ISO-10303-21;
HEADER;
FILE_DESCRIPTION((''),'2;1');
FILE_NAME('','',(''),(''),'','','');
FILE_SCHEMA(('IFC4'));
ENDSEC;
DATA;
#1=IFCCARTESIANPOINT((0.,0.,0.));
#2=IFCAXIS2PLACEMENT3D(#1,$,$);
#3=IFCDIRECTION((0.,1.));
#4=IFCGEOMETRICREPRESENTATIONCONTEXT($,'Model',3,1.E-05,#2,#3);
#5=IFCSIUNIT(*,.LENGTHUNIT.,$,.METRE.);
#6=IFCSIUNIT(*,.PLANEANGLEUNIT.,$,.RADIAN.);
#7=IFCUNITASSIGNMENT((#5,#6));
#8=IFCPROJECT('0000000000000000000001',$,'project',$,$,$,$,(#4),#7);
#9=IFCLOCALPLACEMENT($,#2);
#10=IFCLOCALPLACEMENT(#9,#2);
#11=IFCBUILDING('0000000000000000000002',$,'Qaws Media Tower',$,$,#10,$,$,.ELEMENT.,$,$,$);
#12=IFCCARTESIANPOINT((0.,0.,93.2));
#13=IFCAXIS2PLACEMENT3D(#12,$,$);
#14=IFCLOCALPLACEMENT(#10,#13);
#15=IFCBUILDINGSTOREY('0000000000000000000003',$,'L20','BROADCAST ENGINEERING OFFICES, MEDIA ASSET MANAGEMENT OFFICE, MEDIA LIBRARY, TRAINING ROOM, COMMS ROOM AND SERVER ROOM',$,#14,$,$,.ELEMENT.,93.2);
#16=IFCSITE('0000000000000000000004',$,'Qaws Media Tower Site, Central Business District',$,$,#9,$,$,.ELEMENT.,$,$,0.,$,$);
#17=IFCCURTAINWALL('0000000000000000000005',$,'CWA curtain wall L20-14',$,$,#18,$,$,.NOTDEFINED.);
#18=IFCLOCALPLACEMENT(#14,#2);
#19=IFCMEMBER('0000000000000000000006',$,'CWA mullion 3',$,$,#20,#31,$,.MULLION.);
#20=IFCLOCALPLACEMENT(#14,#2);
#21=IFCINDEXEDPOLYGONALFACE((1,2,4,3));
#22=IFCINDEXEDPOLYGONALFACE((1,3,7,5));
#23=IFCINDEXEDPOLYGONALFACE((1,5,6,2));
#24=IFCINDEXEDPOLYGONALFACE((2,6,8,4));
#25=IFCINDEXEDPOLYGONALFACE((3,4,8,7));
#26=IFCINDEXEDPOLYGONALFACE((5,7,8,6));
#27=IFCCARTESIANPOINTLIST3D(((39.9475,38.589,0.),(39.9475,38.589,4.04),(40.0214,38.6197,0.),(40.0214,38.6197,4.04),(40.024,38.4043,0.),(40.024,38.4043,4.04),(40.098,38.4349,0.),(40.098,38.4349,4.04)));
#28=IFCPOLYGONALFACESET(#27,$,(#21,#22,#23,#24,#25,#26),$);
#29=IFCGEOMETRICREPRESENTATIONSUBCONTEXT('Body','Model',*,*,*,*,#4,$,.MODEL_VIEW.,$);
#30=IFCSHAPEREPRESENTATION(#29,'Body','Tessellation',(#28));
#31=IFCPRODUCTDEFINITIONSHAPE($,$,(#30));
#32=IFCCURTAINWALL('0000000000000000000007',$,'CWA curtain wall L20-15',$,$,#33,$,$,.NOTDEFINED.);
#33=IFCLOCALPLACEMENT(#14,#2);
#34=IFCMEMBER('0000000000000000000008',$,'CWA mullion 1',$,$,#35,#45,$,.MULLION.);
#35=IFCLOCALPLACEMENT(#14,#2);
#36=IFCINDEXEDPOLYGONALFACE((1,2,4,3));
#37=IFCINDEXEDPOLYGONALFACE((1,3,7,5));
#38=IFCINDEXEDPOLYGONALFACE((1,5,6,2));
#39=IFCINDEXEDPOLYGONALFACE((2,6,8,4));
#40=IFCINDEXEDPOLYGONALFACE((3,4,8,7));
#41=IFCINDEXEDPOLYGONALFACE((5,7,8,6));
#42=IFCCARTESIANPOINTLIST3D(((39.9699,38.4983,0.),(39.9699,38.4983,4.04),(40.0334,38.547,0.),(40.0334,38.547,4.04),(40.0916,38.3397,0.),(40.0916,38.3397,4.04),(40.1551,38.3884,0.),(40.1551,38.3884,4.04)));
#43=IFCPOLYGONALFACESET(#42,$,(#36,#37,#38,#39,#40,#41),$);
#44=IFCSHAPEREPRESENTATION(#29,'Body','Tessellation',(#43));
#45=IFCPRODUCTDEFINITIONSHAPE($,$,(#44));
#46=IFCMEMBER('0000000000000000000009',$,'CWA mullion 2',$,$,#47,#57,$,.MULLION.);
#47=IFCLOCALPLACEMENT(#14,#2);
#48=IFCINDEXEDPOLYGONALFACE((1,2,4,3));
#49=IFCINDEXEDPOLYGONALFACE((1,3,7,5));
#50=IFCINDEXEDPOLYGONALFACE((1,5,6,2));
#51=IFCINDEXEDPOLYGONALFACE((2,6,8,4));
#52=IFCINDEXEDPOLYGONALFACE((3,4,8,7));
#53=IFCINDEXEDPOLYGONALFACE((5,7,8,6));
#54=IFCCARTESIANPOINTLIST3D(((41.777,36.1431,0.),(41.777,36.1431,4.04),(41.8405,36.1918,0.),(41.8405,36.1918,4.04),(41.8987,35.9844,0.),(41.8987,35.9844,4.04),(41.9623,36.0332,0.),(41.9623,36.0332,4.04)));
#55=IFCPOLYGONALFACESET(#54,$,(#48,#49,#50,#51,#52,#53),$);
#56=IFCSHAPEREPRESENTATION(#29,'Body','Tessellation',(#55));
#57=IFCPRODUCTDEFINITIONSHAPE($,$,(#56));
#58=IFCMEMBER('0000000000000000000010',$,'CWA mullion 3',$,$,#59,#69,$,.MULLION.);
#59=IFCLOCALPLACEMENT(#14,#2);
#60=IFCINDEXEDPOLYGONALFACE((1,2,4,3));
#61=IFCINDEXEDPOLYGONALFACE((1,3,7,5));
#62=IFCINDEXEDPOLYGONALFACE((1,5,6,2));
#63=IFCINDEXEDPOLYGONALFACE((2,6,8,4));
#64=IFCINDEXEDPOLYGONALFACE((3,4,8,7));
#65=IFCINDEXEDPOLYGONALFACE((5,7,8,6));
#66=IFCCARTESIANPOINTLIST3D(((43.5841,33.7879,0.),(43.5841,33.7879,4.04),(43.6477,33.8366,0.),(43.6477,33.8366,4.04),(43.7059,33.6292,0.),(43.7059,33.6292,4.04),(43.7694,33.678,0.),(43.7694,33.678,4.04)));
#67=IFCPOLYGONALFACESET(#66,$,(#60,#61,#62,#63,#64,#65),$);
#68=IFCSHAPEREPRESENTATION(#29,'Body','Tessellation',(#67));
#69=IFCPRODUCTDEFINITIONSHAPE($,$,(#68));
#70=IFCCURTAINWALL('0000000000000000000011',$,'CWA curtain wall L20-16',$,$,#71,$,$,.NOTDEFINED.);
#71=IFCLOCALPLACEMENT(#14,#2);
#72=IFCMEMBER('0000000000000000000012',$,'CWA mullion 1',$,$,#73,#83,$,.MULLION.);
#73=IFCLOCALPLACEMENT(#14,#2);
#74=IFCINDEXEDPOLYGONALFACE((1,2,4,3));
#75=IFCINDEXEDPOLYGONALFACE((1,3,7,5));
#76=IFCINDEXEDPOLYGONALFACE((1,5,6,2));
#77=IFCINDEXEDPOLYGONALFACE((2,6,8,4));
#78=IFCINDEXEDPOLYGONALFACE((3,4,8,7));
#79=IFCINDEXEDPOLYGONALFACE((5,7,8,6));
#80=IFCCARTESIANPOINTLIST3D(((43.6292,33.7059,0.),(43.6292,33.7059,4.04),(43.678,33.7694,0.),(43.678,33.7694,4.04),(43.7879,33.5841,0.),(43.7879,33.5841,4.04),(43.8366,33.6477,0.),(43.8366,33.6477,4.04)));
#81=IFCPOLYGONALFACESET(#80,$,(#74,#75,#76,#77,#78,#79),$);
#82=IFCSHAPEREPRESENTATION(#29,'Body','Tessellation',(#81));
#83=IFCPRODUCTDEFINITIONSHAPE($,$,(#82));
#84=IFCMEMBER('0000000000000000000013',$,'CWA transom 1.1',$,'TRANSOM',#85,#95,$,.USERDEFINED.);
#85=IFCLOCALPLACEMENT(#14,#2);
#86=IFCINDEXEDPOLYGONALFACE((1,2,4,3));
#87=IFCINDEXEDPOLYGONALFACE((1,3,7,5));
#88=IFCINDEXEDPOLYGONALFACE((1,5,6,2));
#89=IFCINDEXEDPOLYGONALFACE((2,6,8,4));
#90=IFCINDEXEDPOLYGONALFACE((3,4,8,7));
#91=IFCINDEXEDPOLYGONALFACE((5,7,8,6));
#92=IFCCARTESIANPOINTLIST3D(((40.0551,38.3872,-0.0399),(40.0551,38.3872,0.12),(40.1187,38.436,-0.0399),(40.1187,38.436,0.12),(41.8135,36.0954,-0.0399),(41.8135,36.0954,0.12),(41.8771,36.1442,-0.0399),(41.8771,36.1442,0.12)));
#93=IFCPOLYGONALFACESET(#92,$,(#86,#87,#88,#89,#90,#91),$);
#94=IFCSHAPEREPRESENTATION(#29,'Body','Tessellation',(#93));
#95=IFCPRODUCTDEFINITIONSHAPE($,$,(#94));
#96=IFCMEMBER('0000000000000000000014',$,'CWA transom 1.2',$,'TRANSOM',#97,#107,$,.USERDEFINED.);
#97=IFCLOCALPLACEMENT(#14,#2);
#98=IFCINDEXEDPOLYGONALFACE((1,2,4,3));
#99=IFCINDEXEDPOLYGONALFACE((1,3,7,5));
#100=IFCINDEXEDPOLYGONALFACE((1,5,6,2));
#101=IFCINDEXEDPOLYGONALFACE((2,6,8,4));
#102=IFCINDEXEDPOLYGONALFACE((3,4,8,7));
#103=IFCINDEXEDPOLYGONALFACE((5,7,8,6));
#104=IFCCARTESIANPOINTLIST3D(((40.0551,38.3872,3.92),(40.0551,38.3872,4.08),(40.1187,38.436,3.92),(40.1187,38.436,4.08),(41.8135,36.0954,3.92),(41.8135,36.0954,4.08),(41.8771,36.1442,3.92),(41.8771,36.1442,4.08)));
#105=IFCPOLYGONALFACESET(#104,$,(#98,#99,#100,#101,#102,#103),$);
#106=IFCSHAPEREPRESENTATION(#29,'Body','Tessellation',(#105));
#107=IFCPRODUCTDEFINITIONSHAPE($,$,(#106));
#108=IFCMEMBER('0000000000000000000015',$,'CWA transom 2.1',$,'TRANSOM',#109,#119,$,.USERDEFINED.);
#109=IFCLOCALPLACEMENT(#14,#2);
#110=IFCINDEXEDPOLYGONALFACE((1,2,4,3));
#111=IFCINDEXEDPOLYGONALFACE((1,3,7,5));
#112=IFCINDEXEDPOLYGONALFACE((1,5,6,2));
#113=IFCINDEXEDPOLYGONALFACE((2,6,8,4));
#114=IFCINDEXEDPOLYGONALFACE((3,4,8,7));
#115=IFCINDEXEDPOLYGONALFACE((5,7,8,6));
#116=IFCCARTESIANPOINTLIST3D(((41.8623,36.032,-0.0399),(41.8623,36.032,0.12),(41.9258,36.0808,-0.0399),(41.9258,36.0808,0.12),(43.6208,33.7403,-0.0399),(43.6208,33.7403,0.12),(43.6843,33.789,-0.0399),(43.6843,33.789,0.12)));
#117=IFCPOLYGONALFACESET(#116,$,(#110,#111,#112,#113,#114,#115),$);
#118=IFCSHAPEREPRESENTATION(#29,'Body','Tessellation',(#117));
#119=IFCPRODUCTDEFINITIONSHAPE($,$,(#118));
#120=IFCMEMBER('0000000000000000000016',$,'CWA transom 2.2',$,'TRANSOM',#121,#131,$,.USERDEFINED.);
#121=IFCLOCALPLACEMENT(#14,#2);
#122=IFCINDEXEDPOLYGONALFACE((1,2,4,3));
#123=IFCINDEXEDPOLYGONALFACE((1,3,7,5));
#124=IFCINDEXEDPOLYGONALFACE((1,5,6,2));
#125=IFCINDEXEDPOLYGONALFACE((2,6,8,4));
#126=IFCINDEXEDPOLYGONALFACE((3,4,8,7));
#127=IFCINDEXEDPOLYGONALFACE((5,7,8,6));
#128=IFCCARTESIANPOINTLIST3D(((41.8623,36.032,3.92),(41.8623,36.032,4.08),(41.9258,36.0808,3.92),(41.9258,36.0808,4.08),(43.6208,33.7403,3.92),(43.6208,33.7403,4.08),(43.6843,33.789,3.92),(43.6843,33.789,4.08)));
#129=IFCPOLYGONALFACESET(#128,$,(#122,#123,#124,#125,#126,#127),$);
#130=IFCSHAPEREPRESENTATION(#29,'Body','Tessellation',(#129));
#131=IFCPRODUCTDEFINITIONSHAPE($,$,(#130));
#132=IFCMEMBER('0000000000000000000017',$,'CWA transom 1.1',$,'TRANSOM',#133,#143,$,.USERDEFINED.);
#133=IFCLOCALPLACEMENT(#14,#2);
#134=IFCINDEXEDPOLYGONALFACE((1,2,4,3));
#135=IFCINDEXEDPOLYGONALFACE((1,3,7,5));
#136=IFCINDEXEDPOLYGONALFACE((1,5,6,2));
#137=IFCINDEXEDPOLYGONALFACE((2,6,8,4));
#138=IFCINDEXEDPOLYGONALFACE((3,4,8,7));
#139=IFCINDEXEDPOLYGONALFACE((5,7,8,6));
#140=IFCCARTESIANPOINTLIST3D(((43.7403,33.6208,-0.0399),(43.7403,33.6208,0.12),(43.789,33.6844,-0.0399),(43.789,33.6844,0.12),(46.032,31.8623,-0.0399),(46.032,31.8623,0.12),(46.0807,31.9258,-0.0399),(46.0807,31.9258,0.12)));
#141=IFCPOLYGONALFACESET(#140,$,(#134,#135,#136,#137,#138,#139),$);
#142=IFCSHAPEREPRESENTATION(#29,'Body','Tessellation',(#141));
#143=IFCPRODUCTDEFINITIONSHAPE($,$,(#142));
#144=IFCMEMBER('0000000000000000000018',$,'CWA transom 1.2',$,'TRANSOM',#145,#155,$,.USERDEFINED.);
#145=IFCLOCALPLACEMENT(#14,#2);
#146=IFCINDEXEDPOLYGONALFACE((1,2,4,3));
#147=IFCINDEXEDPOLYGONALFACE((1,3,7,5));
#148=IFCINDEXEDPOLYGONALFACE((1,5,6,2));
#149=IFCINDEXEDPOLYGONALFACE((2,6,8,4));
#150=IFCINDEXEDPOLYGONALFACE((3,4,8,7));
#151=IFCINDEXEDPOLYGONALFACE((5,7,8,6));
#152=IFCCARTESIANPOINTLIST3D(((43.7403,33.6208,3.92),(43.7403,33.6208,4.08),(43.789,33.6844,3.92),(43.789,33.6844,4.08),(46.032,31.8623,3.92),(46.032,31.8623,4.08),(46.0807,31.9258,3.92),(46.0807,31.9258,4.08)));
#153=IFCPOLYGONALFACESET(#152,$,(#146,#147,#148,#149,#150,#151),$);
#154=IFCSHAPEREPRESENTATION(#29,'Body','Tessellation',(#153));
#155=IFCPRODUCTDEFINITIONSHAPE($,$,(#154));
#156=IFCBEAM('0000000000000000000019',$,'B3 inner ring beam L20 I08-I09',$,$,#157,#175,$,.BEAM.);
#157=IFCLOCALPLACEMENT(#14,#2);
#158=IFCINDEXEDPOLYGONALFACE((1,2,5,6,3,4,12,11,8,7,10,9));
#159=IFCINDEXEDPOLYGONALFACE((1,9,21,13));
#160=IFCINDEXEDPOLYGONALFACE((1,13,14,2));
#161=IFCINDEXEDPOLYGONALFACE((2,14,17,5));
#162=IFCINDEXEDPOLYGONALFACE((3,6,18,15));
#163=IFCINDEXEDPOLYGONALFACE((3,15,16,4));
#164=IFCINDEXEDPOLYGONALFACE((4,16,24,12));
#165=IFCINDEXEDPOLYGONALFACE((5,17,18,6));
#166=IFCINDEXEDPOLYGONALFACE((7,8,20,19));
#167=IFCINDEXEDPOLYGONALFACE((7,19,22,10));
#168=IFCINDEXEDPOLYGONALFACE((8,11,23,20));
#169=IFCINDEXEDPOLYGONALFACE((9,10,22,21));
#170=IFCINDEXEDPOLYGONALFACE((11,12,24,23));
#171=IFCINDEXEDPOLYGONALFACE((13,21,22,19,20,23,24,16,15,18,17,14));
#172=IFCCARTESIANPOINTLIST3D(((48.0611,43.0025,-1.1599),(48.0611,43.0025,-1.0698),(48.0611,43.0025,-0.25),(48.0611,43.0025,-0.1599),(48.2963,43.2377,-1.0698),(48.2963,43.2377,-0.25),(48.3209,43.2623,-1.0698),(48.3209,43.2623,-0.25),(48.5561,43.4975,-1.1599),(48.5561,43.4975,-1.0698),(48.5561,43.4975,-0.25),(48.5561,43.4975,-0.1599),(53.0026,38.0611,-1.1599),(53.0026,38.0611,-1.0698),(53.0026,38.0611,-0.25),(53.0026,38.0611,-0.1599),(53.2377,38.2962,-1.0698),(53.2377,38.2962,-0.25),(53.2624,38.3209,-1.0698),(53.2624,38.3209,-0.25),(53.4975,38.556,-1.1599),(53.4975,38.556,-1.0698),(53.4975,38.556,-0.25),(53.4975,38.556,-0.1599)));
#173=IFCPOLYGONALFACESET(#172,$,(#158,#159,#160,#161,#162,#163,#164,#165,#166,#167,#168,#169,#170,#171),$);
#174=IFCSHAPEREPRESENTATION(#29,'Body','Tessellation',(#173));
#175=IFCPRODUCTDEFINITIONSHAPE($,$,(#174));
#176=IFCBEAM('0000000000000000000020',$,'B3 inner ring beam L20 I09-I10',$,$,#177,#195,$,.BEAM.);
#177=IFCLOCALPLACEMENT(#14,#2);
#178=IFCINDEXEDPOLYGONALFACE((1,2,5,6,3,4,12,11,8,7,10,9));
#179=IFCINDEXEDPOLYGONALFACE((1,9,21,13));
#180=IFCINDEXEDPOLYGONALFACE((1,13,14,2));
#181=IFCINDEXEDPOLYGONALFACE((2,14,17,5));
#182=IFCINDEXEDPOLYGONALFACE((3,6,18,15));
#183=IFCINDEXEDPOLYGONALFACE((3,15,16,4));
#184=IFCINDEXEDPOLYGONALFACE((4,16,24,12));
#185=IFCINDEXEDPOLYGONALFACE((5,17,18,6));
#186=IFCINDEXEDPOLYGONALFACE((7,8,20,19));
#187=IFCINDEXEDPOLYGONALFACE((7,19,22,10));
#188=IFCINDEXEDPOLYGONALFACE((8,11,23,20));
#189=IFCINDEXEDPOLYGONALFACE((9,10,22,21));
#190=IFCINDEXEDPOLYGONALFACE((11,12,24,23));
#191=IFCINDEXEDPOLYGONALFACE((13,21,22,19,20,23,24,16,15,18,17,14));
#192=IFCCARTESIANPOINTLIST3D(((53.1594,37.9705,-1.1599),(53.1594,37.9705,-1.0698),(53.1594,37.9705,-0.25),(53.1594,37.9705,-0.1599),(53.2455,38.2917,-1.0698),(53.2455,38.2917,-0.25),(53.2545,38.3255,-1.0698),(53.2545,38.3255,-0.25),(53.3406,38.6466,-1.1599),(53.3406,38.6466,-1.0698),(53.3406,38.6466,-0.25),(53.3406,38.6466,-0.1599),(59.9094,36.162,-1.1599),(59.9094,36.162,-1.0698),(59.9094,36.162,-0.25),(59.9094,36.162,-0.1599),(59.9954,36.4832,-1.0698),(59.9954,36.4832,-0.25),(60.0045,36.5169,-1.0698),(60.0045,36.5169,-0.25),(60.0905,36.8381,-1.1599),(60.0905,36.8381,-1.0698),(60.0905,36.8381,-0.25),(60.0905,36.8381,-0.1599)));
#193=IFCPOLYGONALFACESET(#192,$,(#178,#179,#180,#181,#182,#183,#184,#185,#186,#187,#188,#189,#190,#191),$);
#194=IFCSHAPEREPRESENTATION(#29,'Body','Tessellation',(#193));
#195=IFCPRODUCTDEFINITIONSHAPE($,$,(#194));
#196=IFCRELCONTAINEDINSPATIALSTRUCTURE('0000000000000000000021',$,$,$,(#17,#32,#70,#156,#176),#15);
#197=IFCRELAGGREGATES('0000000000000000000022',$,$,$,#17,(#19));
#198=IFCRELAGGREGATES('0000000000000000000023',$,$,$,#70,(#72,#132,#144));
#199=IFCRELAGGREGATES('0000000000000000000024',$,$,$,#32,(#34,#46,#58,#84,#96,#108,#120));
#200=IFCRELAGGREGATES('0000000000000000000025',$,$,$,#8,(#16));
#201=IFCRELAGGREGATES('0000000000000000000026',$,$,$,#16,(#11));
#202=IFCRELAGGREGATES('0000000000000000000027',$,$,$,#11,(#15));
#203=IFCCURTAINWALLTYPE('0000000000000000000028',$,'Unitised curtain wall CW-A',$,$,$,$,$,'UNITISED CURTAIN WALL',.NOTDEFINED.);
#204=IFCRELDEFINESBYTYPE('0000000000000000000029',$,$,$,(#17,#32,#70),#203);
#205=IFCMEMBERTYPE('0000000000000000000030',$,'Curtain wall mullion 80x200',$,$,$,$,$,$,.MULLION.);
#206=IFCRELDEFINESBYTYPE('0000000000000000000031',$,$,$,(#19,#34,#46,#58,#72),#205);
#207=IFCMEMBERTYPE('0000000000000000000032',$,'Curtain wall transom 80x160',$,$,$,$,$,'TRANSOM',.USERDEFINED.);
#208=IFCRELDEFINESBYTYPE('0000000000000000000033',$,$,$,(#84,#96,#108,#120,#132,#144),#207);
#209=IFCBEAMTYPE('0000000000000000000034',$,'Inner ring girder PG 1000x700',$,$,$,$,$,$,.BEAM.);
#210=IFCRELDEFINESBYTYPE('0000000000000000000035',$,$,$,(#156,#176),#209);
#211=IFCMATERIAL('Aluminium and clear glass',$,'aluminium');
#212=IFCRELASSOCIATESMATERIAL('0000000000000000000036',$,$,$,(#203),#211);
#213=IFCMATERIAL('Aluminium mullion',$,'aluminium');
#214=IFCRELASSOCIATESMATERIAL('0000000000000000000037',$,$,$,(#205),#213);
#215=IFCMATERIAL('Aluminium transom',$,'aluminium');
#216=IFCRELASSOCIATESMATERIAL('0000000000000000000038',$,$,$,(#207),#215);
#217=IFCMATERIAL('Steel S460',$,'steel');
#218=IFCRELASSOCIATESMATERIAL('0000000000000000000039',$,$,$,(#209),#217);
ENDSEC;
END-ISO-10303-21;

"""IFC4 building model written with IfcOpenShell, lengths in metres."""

from ifc_helpers import new_model, si_unit, direction, frame, origin, origin_2d, place, context, subcontext, project, spatial, rectangle, i_section, extrude, material, material_profile, profile_set, type_object, element, aggregate, save


model = new_model("IFC4")

# Units and contexts
model_context = context("Model", 3, precision=1e-05, world=origin(), true_north=direction((0.0, 1.0)))
body_context = subcontext(model_context, "Body", "Model", "MODEL_VIEW")
ifc_project = project(units=[si_unit("LENGTHUNIT", "METRE"), si_unit("PLANEANGLEUNIT", "RADIAN")], contexts=[model_context])

# Site, building, storey
site_placement = place(None, origin())
site = spatial("IfcSite", under=ifc_project, at=site_placement, Name="Qaws Media Tower Site, Central Business District", CompositionType="ELEMENT", RefElevation=0.0)
building_placement = place(site_placement, origin())
building = spatial("IfcBuilding", under=site, at=building_placement, Name="Qaws Media Tower", CompositionType="ELEMENT")
storey_placement = place(building_placement, frame((0.0, 0.0, 93.2)))
storey = spatial("IfcBuildingStorey", under=building, at=storey_placement, Name="L20", Description="BROADCAST ENGINEERING OFFICES, MEDIA ASSET MANAGEMENT OFFICE, MEDIA LIBRARY, TRAINING ROOM, COMMS ROOM AND SERVER ROOM", CompositionType="ELEMENT", Elevation=93.2)

# Curtain wall, member
ifc_material_1 = material(Name="Aluminium and clear glass", Category="aluminium")
curtain_wall_type = type_object("IfcCurtainWallType", Name="Unitised curtain wall CW-A", ElementType="UNITISED CURTAIN WALL", PredefinedType="NOTDEFINED", material=ifc_material_1)
curtain_wall_1_placement = place(storey_placement, origin())
curtain_wall_1 = element("IfcCurtainWall", 1, at=curtain_wall_1_placement, inside=storey, type_object=curtain_wall_type, Name="CWA curtain wall L20-14", PredefinedType="NOTDEFINED")
ifc_material_2 = material(Name="Aluminium mullion", Category="aluminium")
ifc_material_profile_1 = material_profile(ifc_material_2, rectangle(XDim=0.0801, YDim=0.2, at=origin_2d()), Name="80x200")
ifc_profile_set_1 = profile_set([ifc_material_profile_1], Name="Aluminium mullion")
member_type_1 = type_object("IfcMemberType", Name="Curtain wall mullion 80x200", PredefinedType="MULLION", material=ifc_profile_set_1)
member_1_placement = place(storey_placement, frame((40.0227, 38.512, 0.0), z_axis=(0.0, 0.0, 1.0), x_axis=(0.92388, 0.382683, 0.0)))
member_1 = element("IfcMember", 2, at=member_1_placement, type_object=member_type_1, Name="CWA mullion 3", PredefinedType="MULLION", context=body_context, shape_type="SweptSolid", body=[
    extrude(rectangle(XDim=0.0801, YDim=0.2, at=origin_2d()), origin(), (0.0, 0.0, 1.0), 4.04),
])
aggregate(curtain_wall_1, [member_1])

# Curtain wall, members
curtain_wall_2_placement = place(storey_placement, origin())
curtain_wall_2 = element("IfcCurtainWall", 3, at=curtain_wall_2_placement, inside=storey, type_object=curtain_wall_type, Name="CWA curtain wall L20-15", PredefinedType="NOTDEFINED")
member_2_placement = place(storey_placement, frame((40.0625, 38.4434, 0.0), z_axis=(0.0, 0.0, 1.0), x_axis=(0.793353, 0.608762, 0.0)))
member_2 = element("IfcMember", 4, at=member_2_placement, type_object=member_type_1, Name="CWA mullion 1", PredefinedType="MULLION", context=body_context, shape_type="SweptSolid", body=[
    extrude(rectangle(XDim=0.0801, YDim=0.2, at=origin_2d()), origin(), (0.0, 0.0, 1.0), 4.04),
])
member_3_placement = place(storey_placement, frame((41.8696, 36.0881, 0.0), z_axis=(0.0, 0.0, 1.0), x_axis=(0.793353, 0.608762, 0.0)))
member_3 = element("IfcMember", 5, at=member_3_placement, type_object=member_type_1, Name="CWA mullion 2", PredefinedType="MULLION", context=body_context, shape_type="SweptSolid", body=[
    extrude(rectangle(XDim=0.0801, YDim=0.2, at=origin_2d()), origin(), (0.0, 0.0, 1.0), 4.04),
])
member_4_placement = place(storey_placement, frame((43.6768, 33.7329, 0.0), z_axis=(0.0, 0.0, 1.0), x_axis=(0.793353, 0.608762, 0.0)))
member_4 = element("IfcMember", 6, at=member_4_placement, type_object=member_type_1, Name="CWA mullion 3", PredefinedType="MULLION", context=body_context, shape_type="SweptSolid", body=[
    extrude(rectangle(XDim=0.0801, YDim=0.2, at=origin_2d()), origin(), (0.0, 0.0, 1.0), 4.04),
])

# Curtain wall, member
curtain_wall_3_placement = place(storey_placement, origin())
curtain_wall_3 = element("IfcCurtainWall", 7, at=curtain_wall_3_placement, inside=storey, type_object=curtain_wall_type, Name="CWA curtain wall L20-16", PredefinedType="NOTDEFINED")
member_5_placement = place(storey_placement, frame((43.7329, 33.6768, 0.0), z_axis=(0.0, 0.0, 1.0), x_axis=(0.608762, 0.793353, 0.0)))
member_5 = element("IfcMember", 8, at=member_5_placement, type_object=member_type_1, Name="CWA mullion 1", PredefinedType="MULLION", context=body_context, shape_type="SweptSolid", body=[
    extrude(rectangle(XDim=0.0801, YDim=0.2, at=origin_2d()), origin(), (0.0, 0.0, 1.0), 4.04),
])

# Members
ifc_material_3 = material(Name="Aluminium transom", Category="aluminium")
ifc_material_profile_2 = material_profile(ifc_material_3, rectangle(XDim=0.0801, YDim=0.1599, at=origin_2d()), Name="80x160")
ifc_profile_set_2 = profile_set([ifc_material_profile_2], Name="Aluminium transom")
member_type_2 = type_object("IfcMemberType", Name="Curtain wall transom 80x160", ElementType="TRANSOM", PredefinedType="USERDEFINED", material=ifc_profile_set_2)
member_6_placement = place(storey_placement, frame((40.0869, 38.4116, 0.04), z_axis=(0.608714, -0.79339, 0.0), x_axis=(0.79339, 0.608714, 0.0)))
member_6 = element("IfcMember", 9, at=member_6_placement, type_object=member_type_2, Name="CWA transom 1.1", ObjectType="TRANSOM", PredefinedType="USERDEFINED", context=body_context, shape_type="SweptSolid", body=[
    extrude(rectangle(XDim=0.0801, YDim=0.1599, at=origin_2d()), origin(), (0.0, 0.0, 1.0), 2.8887),
])
member_7_placement = place(storey_placement, frame((40.0869, 38.4116, 4.0), z_axis=(0.608714, -0.79339, 0.0), x_axis=(0.79339, 0.608714, 0.0)))
member_7 = element("IfcMember", 10, at=member_7_placement, type_object=member_type_2, Name="CWA transom 1.2", ObjectType="TRANSOM", PredefinedType="USERDEFINED", context=body_context, shape_type="SweptSolid", body=[
    extrude(rectangle(XDim=0.0801, YDim=0.1599, at=origin_2d()), origin(), (0.0, 0.0, 1.0), 2.8887),
])
member_8_placement = place(storey_placement, frame((41.894, 36.0564, 0.04), z_axis=(0.608767, -0.793349, 0.0), x_axis=(0.793349, 0.608767, 0.0)))
member_8 = element("IfcMember", 11, at=member_8_placement, type_object=member_type_2, Name="CWA transom 2.1", ObjectType="TRANSOM", PredefinedType="USERDEFINED", context=body_context, shape_type="SweptSolid", body=[
    extrude(rectangle(XDim=0.0801, YDim=0.1599, at=origin_2d()), origin(), (0.0, 0.0, 1.0), 2.8887),
])
member_9_placement = place(storey_placement, frame((41.894, 36.0564, 4.0), z_axis=(0.608767, -0.793349, 0.0), x_axis=(0.793349, 0.608767, 0.0)))
member_9 = element("IfcMember", 12, at=member_9_placement, type_object=member_type_2, Name="CWA transom 2.2", ObjectType="TRANSOM", PredefinedType="USERDEFINED", context=body_context, shape_type="SweptSolid", body=[
    extrude(rectangle(XDim=0.0801, YDim=0.1599, at=origin_2d()), origin(), (0.0, 0.0, 1.0), 2.8887),
])
member_10_placement = place(storey_placement, frame((43.7646, 33.6526, 0.04), z_axis=(0.793349, -0.608767, 0.0), x_axis=(0.608767, 0.793349, 0.0)))
member_10 = element("IfcMember", 13, at=member_10_placement, type_object=member_type_2, Name="CWA transom 1.1", ObjectType="TRANSOM", PredefinedType="USERDEFINED", context=body_context, shape_type="SweptSolid", body=[
    extrude(rectangle(XDim=0.0801, YDim=0.1599, at=origin_2d()), origin(), (0.0, 0.0, 1.0), 2.8887),
])
member_11_placement = place(storey_placement, frame((43.7646, 33.6526, 4.0), z_axis=(0.793349, -0.608767, 0.0), x_axis=(0.608767, 0.793349, 0.0)))
member_11 = element("IfcMember", 14, at=member_11_placement, type_object=member_type_2, Name="CWA transom 1.2", ObjectType="TRANSOM", PredefinedType="USERDEFINED", context=body_context, shape_type="SweptSolid", body=[
    extrude(rectangle(XDim=0.0801, YDim=0.1599, at=origin_2d()), origin(), (0.0, 0.0, 1.0), 2.8887),
])
aggregate(curtain_wall_3, [member_5, member_10, member_11])

# Beams
ifc_material_4 = material(Name="Steel S460", Category="steel")
ifc_material_profile_3 = material_profile(ifc_material_4, i_section(OverallWidth=0.7, OverallDepth=1.0, WebThickness=0.0349, FlangeThickness=0.0901, at=origin_2d()), Name="PG 1000x700")
ifc_profile_set_3 = profile_set([ifc_material_profile_3], Name="Steel S460")
beam_type_1 = type_object("IfcBeamType", Name="Inner ring girder PG 1000x700", PredefinedType="BEAM", material=ifc_profile_set_3)
beam_1_placement = place(storey_placement, frame((48.3086, 43.25, -0.6599), z_axis=(0.707107, -0.707107, 0.0), x_axis=(0.707107, 0.707107, 0.0)))
element("IfcBeam", 15, at=beam_1_placement, inside=storey, type_object=beam_type_1, Name="B3 inner ring beam L20 I08-I09", PredefinedType="BEAM", context=body_context, shape_type="SweptSolid", body=[
    extrude(i_section(OverallWidth=0.7, OverallDepth=1.0, WebThickness=0.0349, FlangeThickness=0.0901, at=origin_2d()), origin(), (0.0, 0.0, 1.0), 6.9883),
])
beam_2_placement = place(storey_placement, frame((53.25, 38.3086, -0.6599), z_axis=(0.965928, -0.258811, 0.0), x_axis=(0.258811, 0.965928, 0.0)))
element("IfcBeam", 16, at=beam_2_placement, inside=storey, type_object=beam_type_1, Name="B3 inner ring beam L20 I09-I10", PredefinedType="BEAM", context=body_context, shape_type="SweptSolid", body=[
    extrude(i_section(OverallWidth=0.7, OverallDepth=1.0, WebThickness=0.0349, FlangeThickness=0.0901, at=origin_2d()), origin(), (0.0, 0.0, 1.0), 6.988),
])

aggregate(curtain_wall_2, [member_2, member_3, member_4, member_6, member_7, member_8, member_9])

save(model, "model.ifc")
